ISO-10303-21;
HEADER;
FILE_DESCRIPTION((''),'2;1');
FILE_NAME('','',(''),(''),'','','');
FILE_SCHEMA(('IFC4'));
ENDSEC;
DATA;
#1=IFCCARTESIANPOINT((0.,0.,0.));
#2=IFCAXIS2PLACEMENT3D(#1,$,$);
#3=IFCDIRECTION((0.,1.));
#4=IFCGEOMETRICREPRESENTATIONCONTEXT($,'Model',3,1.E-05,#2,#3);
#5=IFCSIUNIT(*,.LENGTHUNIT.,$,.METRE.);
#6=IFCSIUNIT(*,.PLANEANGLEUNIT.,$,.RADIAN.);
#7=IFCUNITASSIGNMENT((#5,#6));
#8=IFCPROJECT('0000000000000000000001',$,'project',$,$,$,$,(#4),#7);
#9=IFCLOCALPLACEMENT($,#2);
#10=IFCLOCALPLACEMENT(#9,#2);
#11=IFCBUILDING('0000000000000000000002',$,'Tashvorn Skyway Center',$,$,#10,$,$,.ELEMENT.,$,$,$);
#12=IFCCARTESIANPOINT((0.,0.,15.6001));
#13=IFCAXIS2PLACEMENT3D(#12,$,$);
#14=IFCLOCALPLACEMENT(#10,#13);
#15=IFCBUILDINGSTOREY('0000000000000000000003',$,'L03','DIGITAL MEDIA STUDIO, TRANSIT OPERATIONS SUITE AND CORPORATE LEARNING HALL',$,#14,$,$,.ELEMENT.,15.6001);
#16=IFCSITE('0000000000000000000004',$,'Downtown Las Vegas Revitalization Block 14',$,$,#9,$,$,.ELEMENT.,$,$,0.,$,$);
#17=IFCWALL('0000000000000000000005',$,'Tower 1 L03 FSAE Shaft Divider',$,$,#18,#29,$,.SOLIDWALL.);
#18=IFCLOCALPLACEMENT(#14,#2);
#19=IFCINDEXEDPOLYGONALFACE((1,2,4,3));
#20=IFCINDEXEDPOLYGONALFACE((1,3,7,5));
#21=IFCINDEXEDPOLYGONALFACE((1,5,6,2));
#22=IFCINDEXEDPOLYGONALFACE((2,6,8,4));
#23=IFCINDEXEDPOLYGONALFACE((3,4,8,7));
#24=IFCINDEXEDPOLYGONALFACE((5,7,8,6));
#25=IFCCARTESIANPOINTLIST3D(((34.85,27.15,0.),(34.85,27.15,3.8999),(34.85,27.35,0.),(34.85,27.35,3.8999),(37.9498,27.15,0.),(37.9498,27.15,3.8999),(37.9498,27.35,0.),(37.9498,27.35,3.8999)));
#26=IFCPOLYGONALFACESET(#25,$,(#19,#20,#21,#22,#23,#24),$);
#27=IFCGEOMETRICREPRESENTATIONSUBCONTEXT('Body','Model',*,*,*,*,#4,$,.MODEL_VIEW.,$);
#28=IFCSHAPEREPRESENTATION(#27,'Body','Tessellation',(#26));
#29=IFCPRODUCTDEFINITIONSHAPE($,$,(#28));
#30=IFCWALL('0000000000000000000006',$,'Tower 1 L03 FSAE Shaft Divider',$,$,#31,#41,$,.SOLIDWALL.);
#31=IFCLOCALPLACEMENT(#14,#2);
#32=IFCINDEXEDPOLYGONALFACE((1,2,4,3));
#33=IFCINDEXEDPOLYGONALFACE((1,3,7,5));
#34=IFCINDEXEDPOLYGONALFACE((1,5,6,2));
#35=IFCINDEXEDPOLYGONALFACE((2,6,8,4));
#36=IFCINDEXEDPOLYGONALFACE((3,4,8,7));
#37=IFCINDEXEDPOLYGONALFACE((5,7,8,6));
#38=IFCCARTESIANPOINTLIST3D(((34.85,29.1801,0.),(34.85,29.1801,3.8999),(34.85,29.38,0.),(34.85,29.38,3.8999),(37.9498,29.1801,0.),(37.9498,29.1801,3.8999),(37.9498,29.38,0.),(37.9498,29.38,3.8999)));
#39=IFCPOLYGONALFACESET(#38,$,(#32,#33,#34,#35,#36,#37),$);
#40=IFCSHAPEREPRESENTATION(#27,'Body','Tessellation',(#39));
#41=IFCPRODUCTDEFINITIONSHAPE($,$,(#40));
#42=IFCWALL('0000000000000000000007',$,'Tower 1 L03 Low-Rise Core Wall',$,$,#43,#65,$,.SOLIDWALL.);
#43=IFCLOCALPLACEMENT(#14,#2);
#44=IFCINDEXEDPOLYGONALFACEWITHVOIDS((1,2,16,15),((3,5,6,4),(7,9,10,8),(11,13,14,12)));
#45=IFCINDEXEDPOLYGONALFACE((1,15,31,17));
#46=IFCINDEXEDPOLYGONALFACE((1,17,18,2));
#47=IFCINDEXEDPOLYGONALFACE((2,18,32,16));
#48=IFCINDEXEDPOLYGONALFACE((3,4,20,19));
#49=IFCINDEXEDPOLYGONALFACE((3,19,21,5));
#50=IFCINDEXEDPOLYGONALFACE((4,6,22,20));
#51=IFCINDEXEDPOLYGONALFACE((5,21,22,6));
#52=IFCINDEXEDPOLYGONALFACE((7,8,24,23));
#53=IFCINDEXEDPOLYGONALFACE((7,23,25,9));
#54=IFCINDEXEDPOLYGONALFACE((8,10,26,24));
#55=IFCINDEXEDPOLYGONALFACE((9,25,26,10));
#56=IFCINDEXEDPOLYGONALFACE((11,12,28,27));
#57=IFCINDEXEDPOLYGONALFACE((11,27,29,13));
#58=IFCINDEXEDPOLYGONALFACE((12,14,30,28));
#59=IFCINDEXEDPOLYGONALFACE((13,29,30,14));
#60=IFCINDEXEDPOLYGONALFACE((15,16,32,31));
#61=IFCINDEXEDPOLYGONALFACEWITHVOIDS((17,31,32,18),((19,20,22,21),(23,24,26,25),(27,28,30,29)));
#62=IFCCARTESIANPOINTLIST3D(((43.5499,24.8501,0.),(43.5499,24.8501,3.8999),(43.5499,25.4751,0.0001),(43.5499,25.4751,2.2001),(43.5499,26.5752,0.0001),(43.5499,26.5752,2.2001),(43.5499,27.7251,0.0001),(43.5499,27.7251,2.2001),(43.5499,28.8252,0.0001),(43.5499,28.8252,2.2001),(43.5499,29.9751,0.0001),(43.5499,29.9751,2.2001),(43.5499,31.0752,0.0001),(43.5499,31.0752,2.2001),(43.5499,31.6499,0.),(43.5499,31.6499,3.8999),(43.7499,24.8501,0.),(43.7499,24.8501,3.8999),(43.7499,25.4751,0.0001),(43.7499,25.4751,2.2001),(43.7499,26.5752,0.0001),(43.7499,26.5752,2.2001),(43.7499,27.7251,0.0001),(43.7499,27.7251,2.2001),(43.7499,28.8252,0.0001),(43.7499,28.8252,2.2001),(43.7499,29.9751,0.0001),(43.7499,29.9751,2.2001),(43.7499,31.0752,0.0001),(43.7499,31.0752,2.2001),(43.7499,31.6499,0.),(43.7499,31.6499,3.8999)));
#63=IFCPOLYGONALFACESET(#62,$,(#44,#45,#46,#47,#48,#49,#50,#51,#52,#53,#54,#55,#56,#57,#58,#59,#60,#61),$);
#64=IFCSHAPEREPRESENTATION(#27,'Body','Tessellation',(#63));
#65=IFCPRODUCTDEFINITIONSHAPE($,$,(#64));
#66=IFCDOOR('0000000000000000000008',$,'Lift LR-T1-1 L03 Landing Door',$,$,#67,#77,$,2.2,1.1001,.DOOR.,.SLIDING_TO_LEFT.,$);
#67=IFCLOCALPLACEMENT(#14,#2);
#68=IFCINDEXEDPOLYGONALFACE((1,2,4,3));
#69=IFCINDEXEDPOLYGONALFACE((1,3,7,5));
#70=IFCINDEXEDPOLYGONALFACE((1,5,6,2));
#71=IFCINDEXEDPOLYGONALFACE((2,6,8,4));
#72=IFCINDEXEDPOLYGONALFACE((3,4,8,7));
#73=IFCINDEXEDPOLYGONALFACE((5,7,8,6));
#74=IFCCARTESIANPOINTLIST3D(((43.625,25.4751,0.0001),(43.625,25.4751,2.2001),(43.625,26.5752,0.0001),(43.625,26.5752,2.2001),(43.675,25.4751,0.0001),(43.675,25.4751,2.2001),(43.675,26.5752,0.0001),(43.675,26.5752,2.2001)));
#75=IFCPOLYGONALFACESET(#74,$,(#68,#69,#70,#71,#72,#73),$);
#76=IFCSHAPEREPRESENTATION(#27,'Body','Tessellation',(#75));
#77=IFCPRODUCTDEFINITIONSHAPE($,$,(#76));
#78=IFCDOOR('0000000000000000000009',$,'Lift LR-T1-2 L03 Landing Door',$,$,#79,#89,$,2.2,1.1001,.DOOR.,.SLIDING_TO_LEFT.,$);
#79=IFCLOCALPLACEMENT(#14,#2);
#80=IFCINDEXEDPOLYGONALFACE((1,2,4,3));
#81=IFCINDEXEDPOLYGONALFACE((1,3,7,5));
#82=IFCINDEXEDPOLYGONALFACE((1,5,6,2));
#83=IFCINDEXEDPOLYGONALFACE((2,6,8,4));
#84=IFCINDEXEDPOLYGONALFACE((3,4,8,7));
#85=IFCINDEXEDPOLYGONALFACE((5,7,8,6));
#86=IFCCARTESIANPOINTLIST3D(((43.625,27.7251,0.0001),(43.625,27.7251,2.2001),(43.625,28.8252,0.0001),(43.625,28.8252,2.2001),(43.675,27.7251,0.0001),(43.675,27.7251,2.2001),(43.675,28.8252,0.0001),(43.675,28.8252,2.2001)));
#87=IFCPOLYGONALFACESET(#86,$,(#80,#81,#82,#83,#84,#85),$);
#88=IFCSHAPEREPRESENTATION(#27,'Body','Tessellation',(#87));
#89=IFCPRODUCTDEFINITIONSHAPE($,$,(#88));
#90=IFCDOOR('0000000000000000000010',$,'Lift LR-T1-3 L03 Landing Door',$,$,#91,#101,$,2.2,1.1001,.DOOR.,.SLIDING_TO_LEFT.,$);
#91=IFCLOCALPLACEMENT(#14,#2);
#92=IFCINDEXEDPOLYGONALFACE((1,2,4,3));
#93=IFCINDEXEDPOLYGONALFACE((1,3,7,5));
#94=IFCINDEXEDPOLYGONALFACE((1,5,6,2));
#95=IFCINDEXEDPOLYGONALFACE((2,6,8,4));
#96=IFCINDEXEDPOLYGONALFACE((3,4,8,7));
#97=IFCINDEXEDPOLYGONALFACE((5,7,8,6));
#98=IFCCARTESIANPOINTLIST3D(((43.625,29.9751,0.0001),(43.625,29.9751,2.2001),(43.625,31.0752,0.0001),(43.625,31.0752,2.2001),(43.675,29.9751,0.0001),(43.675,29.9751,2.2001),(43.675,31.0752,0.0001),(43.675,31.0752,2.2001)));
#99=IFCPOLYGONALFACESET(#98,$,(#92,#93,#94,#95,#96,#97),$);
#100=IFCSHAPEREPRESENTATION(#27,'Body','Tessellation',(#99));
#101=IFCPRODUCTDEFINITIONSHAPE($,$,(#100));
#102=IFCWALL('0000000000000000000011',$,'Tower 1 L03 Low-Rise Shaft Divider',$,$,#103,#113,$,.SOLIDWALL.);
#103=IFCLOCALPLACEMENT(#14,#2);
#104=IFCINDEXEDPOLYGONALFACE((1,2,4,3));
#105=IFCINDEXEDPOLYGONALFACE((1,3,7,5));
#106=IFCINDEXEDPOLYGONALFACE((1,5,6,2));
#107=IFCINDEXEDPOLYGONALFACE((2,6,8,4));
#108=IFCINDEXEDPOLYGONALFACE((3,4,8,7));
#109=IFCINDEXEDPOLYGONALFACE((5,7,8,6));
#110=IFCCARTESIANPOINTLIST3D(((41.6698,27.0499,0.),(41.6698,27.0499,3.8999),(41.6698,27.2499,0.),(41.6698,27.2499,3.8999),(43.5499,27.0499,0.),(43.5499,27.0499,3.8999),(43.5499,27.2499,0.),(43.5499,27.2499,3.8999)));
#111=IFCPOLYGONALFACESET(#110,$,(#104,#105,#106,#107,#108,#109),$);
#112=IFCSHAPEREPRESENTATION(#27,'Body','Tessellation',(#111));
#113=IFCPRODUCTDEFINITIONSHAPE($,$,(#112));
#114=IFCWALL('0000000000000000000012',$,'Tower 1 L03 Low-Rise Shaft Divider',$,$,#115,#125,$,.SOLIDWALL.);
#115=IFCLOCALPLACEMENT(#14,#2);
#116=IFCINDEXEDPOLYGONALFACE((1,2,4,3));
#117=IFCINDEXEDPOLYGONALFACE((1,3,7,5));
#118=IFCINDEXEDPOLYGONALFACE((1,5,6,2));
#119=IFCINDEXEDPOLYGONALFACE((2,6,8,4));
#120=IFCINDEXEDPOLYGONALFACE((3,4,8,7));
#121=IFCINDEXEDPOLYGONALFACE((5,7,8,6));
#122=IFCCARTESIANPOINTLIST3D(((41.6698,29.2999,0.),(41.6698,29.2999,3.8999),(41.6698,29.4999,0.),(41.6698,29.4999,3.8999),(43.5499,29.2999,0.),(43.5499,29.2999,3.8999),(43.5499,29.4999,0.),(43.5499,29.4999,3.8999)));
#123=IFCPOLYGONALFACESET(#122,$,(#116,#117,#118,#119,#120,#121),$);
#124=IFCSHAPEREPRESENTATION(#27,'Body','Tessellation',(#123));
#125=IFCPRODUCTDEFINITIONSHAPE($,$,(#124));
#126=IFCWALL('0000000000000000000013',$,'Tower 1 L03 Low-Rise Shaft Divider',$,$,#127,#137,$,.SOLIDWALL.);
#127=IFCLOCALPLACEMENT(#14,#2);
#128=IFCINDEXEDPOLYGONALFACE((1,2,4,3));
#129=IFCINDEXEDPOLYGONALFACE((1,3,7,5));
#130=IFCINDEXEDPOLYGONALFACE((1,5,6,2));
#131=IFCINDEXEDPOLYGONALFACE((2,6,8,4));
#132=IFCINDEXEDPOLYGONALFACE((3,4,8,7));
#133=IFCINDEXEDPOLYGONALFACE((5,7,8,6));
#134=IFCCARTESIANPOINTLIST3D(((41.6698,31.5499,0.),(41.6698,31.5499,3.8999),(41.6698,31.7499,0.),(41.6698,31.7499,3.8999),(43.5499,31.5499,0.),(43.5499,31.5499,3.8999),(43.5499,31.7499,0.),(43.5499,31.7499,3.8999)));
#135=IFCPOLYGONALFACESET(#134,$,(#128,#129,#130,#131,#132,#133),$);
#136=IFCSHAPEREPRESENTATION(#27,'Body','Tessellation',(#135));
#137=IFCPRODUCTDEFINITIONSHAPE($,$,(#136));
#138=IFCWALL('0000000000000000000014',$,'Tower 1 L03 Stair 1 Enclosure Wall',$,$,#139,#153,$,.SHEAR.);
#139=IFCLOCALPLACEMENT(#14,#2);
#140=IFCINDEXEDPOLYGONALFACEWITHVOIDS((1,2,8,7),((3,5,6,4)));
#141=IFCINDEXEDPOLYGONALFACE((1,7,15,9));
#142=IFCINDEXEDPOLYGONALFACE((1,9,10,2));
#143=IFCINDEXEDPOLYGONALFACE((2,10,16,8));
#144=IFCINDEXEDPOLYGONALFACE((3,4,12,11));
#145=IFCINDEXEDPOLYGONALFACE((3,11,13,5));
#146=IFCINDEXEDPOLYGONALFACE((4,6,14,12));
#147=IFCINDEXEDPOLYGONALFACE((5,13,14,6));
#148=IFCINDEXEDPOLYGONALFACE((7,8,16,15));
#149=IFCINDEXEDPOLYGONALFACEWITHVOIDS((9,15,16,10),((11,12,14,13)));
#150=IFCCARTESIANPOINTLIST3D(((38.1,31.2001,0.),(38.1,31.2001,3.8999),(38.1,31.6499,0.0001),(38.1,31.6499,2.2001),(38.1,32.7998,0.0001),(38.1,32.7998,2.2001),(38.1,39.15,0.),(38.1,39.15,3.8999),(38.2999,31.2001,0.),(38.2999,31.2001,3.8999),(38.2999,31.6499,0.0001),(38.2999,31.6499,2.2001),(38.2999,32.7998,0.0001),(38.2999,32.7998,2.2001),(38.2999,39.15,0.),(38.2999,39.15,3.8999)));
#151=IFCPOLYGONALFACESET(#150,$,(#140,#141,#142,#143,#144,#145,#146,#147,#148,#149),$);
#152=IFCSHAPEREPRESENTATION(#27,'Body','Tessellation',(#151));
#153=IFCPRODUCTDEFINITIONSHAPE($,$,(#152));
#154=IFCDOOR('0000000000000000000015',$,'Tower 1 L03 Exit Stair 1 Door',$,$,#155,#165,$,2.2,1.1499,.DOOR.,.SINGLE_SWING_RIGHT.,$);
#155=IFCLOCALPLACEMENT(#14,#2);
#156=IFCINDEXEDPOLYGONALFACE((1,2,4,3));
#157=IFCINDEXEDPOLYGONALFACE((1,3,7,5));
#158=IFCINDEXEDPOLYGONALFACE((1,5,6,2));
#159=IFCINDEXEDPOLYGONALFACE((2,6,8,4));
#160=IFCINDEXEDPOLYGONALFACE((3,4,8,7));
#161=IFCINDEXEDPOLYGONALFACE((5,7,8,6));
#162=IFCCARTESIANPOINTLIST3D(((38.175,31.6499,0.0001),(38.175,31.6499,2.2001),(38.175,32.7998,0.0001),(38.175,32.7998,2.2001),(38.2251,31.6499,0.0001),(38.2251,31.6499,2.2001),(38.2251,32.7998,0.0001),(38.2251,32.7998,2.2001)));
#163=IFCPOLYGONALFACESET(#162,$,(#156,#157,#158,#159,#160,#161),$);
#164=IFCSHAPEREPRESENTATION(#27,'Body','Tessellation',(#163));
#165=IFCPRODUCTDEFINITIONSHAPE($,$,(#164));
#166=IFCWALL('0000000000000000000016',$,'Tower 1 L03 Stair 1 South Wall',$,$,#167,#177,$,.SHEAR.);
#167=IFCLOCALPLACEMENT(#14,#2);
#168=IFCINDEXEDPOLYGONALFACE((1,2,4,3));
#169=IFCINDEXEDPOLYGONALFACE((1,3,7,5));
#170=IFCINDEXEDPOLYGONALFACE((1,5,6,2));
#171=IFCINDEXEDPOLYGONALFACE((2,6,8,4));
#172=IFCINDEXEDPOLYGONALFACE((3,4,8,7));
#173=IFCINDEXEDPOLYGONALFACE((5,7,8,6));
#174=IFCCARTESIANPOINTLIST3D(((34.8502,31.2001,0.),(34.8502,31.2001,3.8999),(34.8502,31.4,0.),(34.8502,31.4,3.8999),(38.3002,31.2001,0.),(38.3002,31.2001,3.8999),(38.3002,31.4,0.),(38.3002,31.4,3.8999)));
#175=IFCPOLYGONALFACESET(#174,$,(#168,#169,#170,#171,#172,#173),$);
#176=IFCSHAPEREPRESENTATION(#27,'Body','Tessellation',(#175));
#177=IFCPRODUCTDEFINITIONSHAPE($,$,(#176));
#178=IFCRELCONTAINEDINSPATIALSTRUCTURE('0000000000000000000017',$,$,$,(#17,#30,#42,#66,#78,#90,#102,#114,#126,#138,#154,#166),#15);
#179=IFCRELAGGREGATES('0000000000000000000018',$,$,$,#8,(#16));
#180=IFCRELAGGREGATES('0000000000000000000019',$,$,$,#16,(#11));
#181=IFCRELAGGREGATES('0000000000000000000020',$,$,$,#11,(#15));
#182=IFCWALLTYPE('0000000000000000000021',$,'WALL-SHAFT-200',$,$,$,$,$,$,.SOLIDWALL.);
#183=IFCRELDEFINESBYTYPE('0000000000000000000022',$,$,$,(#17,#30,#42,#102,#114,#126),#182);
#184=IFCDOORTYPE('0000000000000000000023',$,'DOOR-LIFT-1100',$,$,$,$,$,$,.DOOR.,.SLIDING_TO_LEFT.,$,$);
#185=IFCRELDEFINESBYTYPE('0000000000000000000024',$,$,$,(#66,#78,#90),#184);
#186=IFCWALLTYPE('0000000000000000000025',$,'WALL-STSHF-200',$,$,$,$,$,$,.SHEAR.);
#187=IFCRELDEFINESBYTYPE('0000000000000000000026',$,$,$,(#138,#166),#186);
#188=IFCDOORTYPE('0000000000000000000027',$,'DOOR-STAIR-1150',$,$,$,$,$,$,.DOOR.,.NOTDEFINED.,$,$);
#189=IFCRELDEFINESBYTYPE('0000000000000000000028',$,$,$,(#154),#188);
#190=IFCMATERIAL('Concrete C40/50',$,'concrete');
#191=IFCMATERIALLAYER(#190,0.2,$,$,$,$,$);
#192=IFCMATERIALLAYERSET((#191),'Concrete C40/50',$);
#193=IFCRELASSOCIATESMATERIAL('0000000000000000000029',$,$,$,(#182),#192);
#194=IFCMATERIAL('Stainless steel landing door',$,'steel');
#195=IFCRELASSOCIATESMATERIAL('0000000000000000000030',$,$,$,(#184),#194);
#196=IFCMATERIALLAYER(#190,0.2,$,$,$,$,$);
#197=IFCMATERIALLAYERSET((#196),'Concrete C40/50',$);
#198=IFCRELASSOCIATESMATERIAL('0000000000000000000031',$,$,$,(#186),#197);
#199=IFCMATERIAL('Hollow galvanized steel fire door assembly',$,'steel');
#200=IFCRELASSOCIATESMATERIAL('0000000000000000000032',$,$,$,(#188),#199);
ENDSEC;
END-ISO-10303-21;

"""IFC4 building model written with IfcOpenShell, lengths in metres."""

from ifc_helpers import new_model, si_unit, direction, frame, frame_2d, origin, place, context, subcontext, project, spatial, rectangle, extrude, material, layer, layer_set, type_object, element, fill, save


model = new_model("IFC4")

# Units and contexts
model_context = context("Model", 3, precision=1e-05, world=origin(), true_north=direction((0.0, 1.0)))
body_context = subcontext(model_context, "Body", "Model", "MODEL_VIEW")
ifc_project = project(units=[si_unit("LENGTHUNIT", "METRE"), si_unit("PLANEANGLEUNIT", "RADIAN")], contexts=[model_context])

# Site, building, storey
site_placement = place(None, origin())
site = spatial("IfcSite", under=ifc_project, at=site_placement, Name="Downtown Las Vegas Revitalization Block 14", CompositionType="ELEMENT", RefElevation=0.0)
building_placement = place(site_placement, origin())
building = spatial("IfcBuilding", under=site, at=building_placement, Name="Tashvorn Skyway Center", CompositionType="ELEMENT")
storey_placement = place(building_placement, frame((0.0, 0.0, 15.6001)))
storey = spatial("IfcBuildingStorey", under=building, at=storey_placement, Name="L03", Description="DIGITAL MEDIA STUDIO, TRANSIT OPERATIONS SUITE AND CORPORATE LEARNING HALL", CompositionType="ELEMENT", Elevation=15.6001)

# Shared definitions
ifc_material_1 = material(Name="Concrete C40/50", Category="concrete")
ifc_material_2 = material(Name="Hollow galvanized steel fire door assembly", Category="steel")

# Walls
ifc_layer_1 = layer(ifc_material_1, 0.2)
ifc_layer_set_1 = layer_set([ifc_layer_1], Name="Concrete C40/50")
wall_type_1 = type_object("IfcWallType", Name="WALL-SHAFT-200", PredefinedType="SOLIDWALL", material=ifc_layer_set_1)
for number, where, z_axis, x_axis, name in (
    (1, (34.8501, 27.25, 0.0), (0.0, 0.0, 1.0), (1.0, 0.0, 0.0), "Tower 1 L03 FSAE Shaft Divider"),
    (2, (34.8501, 29.28, 0.0), (0.0, 0.0, 1.0), (1.0, 0.0, 0.0), "Tower 1 L03 FSAE Shaft Divider"),
):
    element("IfcWall", number, at=place(storey_placement, frame(where, z_axis=z_axis, x_axis=x_axis)), inside=storey, type_object=wall_type_1, Name=name, PredefinedType="SOLIDWALL", context=body_context, shape_type="SweptSolid", body=[
        extrude(rectangle(XDim=3.0999, YDim=0.2, at=frame_2d((1.5498, 0.0))), origin(), (0.0, 0.0, 1.0), 3.8999),
    ])

# Wall, openings, doors
wall_1_placement = place(storey_placement, frame((43.6499, 24.8501, 0.0), z_axis=(0.0, 0.0, 1.0), x_axis=(0.0, 1.0, 0.0)))
wall_1 = element("IfcWall", 3, at=wall_1_placement, inside=storey, type_object=wall_type_1, Name="Tower 1 L03 Low-Rise Core Wall", PredefinedType="SOLIDWALL", context=body_context, shape_type="SweptSolid", body=[
    extrude(rectangle(XDim=6.7998, YDim=0.2, at=frame_2d((3.3999, 0.0))), origin(), (0.0, 0.0, 1.0), 3.8999),
])
opening_1_placement = place(wall_1_placement, frame((0.625, 0.0, 0.0)))
opening_1 = element("IfcOpeningElement", 4, at=opening_1_placement, cuts=wall_1, PredefinedType="OPENING", context=body_context, shape_type="SweptSolid", body=[
    extrude(rectangle(XDim=1.1001, YDim=2.2, at=frame_2d((0.55, 1.1001))), frame((0.0, 0.1099, 0.0), z_axis=(0.0, -1.0, 0.0), x_axis=(1.0, 0.0, 0.0)), (0.0, 0.0, 1.0), 0.22),
])
opening_2_placement = place(wall_1_placement, frame((2.875, 0.0, 0.0)))
opening_2 = element("IfcOpeningElement", 5, at=opening_2_placement, cuts=wall_1, PredefinedType="OPENING", context=body_context, shape_type="SweptSolid", body=[
    extrude(rectangle(XDim=1.1001, YDim=2.2, at=frame_2d((0.55, 1.1001))), frame((0.0, 0.1099, 0.0), z_axis=(0.0, -1.0, 0.0), x_axis=(1.0, 0.0, 0.0)), (0.0, 0.0, 1.0), 0.22),
])
opening_3_placement = place(wall_1_placement, frame((5.125, 0.0, 0.0)))
opening_3 = element("IfcOpeningElement", 6, at=opening_3_placement, cuts=wall_1, PredefinedType="OPENING", context=body_context, shape_type="SweptSolid", body=[
    extrude(rectangle(XDim=1.1001, YDim=2.2, at=frame_2d((0.55, 1.1001))), frame((0.0, 0.1099, 0.0), z_axis=(0.0, -1.0, 0.0), x_axis=(1.0, 0.0, 0.0)), (0.0, 0.0, 1.0), 0.22),
])
ifc_material_3 = material(Name="Stainless steel landing door", Category="steel")
door_type_1 = type_object("IfcDoorType", Name="DOOR-LIFT-1100", OperationType="SLIDING_TO_LEFT", PredefinedType="DOOR", material=ifc_material_3)
door_1_placement = place(opening_1_placement, origin())
door_1 = element("IfcDoor", 7, at=door_1_placement, inside=storey, type_object=door_type_1, Name="Lift LR-T1-1 L03 Landing Door", OperationType="SLIDING_TO_LEFT", OverallHeight=2.2, OverallWidth=1.1001, PredefinedType="DOOR", context=body_context, shape_type="SweptSolid", body=[
    extrude(rectangle(XDim=1.1001, YDim=2.2, at=frame_2d((0.55, 1.1001))), frame((0.0, 0.0249, 0.0), z_axis=(0.0, -1.0, 0.0), x_axis=(1.0, 0.0, 0.0)), (0.0, 0.0, 1.0), 0.05),
])
fill(opening_1, door_1)
door_2_placement = place(opening_2_placement, origin())
door_2 = element("IfcDoor", 8, at=door_2_placement, inside=storey, type_object=door_type_1, Name="Lift LR-T1-2 L03 Landing Door", OperationType="SLIDING_TO_LEFT", OverallHeight=2.2, OverallWidth=1.1001, PredefinedType="DOOR", context=body_context, shape_type="SweptSolid", body=[
    extrude(rectangle(XDim=1.1001, YDim=2.2, at=frame_2d((0.55, 1.1001))), frame((0.0, 0.0249, 0.0), z_axis=(0.0, -1.0, 0.0), x_axis=(1.0, 0.0, 0.0)), (0.0, 0.0, 1.0), 0.05),
])
fill(opening_2, door_2)
door_3_placement = place(opening_3_placement, origin())
door_3 = element("IfcDoor", 9, at=door_3_placement, inside=storey, type_object=door_type_1, Name="Lift LR-T1-3 L03 Landing Door", OperationType="SLIDING_TO_LEFT", OverallHeight=2.2, OverallWidth=1.1001, PredefinedType="DOOR", context=body_context, shape_type="SweptSolid", body=[
    extrude(rectangle(XDim=1.1001, YDim=2.2, at=frame_2d((0.55, 1.1001))), frame((0.0, 0.0249, 0.0), z_axis=(0.0, -1.0, 0.0), x_axis=(1.0, 0.0, 0.0)), (0.0, 0.0, 1.0), 0.05),
])
fill(opening_3, door_3)

# Walls
for number, where, z_axis, x_axis, name in (
    (10, (41.6699, 27.1499, 0.0), (0.0, 0.0, 1.0), (1.0, 0.0, 0.0), "Tower 1 L03 Low-Rise Shaft Divider"),
    (11, (41.6699, 29.3999, 0.0), (0.0, 0.0, 1.0), (1.0, 0.0, 0.0), "Tower 1 L03 Low-Rise Shaft Divider"),
    (12, (41.6699, 31.6499, 0.0), (0.0, 0.0, 1.0), (1.0, 0.0, 0.0), "Tower 1 L03 Low-Rise Shaft Divider"),
):
    element("IfcWall", number, at=place(storey_placement, frame(where, z_axis=z_axis, x_axis=x_axis)), inside=storey, type_object=wall_type_1, Name=name, PredefinedType="SOLIDWALL", context=body_context, shape_type="SweptSolid", body=[
        extrude(rectangle(XDim=1.8801, YDim=0.2, at=frame_2d((0.9399, 0.0))), origin(), (0.0, 0.0, 1.0), 3.8999),
    ])

# Wall, opening, door
ifc_layer_2 = layer(ifc_material_1, 0.2)
ifc_layer_set_2 = layer_set([ifc_layer_2], Name="Concrete C40/50")
wall_type_2 = type_object("IfcWallType", Name="WALL-STSHF-200", PredefinedType="SHEAR", material=ifc_layer_set_2)
wall_2_placement = place(storey_placement, frame((38.2, 31.2, 0.0), z_axis=(0.0, 0.0, 1.0), x_axis=(0.0, 1.0, 0.0)))
wall_2 = element("IfcWall", 13, at=wall_2_placement, inside=storey, type_object=wall_type_2, Name="Tower 1 L03 Stair 1 Enclosure Wall", PredefinedType="SHEAR", context=body_context, shape_type="SweptSolid", body=[
    extrude(rectangle(XDim=7.95, YDim=0.2, at=frame_2d((3.9751, 0.0))), origin(), (0.0, 0.0, 1.0), 3.8999),
])
opening_4_placement = place(wall_2_placement, frame((0.45, 0.0, 0.0)))
opening_4 = element("IfcOpeningElement", 14, at=opening_4_placement, cuts=wall_2, PredefinedType="OPENING", context=body_context, shape_type="SweptSolid", body=[
    extrude(rectangle(XDim=1.1499, YDim=2.2, at=frame_2d((0.575, 1.1001))), frame((0.0, 0.1099, 0.0), z_axis=(0.0, -1.0, 0.0), x_axis=(1.0, 0.0, 0.0)), (0.0, 0.0, 1.0), 0.22),
])
door_type_2 = type_object("IfcDoorType", Name="DOOR-STAIR-1150", OperationType="NOTDEFINED", PredefinedType="DOOR", material=ifc_material_2)
door_4_placement = place(opening_4_placement, origin())
door_4 = element("IfcDoor", 15, at=door_4_placement, inside=storey, type_object=door_type_2, Name="Tower 1 L03 Exit Stair 1 Door", OperationType="SINGLE_SWING_RIGHT", OverallHeight=2.2, OverallWidth=1.1499, PredefinedType="DOOR", context=body_context, shape_type="SweptSolid", body=[
    extrude(rectangle(XDim=1.1499, YDim=2.2, at=frame_2d((0.575, 1.1001))), frame((0.0, 0.0249, 0.0), z_axis=(0.0, -1.0, 0.0), x_axis=(1.0, 0.0, 0.0)), (0.0, 0.0, 1.0), 0.05),
])
fill(opening_4, door_4)

# Wall
wall_3_placement = place(storey_placement, frame((34.8501, 31.3, 0.0), z_axis=(0.0, 0.0, 1.0), x_axis=(1.0, 0.0, 0.0)))
element("IfcWall", 16, at=wall_3_placement, inside=storey, type_object=wall_type_2, Name="Tower 1 L03 Stair 1 South Wall", PredefinedType="SHEAR", context=body_context, shape_type="SweptSolid", body=[
    extrude(rectangle(XDim=3.45, YDim=0.2, at=frame_2d((1.7251, 0.0))), origin(), (0.0, 0.0, 1.0), 3.8999),
])

save(model, "model.ifc")
